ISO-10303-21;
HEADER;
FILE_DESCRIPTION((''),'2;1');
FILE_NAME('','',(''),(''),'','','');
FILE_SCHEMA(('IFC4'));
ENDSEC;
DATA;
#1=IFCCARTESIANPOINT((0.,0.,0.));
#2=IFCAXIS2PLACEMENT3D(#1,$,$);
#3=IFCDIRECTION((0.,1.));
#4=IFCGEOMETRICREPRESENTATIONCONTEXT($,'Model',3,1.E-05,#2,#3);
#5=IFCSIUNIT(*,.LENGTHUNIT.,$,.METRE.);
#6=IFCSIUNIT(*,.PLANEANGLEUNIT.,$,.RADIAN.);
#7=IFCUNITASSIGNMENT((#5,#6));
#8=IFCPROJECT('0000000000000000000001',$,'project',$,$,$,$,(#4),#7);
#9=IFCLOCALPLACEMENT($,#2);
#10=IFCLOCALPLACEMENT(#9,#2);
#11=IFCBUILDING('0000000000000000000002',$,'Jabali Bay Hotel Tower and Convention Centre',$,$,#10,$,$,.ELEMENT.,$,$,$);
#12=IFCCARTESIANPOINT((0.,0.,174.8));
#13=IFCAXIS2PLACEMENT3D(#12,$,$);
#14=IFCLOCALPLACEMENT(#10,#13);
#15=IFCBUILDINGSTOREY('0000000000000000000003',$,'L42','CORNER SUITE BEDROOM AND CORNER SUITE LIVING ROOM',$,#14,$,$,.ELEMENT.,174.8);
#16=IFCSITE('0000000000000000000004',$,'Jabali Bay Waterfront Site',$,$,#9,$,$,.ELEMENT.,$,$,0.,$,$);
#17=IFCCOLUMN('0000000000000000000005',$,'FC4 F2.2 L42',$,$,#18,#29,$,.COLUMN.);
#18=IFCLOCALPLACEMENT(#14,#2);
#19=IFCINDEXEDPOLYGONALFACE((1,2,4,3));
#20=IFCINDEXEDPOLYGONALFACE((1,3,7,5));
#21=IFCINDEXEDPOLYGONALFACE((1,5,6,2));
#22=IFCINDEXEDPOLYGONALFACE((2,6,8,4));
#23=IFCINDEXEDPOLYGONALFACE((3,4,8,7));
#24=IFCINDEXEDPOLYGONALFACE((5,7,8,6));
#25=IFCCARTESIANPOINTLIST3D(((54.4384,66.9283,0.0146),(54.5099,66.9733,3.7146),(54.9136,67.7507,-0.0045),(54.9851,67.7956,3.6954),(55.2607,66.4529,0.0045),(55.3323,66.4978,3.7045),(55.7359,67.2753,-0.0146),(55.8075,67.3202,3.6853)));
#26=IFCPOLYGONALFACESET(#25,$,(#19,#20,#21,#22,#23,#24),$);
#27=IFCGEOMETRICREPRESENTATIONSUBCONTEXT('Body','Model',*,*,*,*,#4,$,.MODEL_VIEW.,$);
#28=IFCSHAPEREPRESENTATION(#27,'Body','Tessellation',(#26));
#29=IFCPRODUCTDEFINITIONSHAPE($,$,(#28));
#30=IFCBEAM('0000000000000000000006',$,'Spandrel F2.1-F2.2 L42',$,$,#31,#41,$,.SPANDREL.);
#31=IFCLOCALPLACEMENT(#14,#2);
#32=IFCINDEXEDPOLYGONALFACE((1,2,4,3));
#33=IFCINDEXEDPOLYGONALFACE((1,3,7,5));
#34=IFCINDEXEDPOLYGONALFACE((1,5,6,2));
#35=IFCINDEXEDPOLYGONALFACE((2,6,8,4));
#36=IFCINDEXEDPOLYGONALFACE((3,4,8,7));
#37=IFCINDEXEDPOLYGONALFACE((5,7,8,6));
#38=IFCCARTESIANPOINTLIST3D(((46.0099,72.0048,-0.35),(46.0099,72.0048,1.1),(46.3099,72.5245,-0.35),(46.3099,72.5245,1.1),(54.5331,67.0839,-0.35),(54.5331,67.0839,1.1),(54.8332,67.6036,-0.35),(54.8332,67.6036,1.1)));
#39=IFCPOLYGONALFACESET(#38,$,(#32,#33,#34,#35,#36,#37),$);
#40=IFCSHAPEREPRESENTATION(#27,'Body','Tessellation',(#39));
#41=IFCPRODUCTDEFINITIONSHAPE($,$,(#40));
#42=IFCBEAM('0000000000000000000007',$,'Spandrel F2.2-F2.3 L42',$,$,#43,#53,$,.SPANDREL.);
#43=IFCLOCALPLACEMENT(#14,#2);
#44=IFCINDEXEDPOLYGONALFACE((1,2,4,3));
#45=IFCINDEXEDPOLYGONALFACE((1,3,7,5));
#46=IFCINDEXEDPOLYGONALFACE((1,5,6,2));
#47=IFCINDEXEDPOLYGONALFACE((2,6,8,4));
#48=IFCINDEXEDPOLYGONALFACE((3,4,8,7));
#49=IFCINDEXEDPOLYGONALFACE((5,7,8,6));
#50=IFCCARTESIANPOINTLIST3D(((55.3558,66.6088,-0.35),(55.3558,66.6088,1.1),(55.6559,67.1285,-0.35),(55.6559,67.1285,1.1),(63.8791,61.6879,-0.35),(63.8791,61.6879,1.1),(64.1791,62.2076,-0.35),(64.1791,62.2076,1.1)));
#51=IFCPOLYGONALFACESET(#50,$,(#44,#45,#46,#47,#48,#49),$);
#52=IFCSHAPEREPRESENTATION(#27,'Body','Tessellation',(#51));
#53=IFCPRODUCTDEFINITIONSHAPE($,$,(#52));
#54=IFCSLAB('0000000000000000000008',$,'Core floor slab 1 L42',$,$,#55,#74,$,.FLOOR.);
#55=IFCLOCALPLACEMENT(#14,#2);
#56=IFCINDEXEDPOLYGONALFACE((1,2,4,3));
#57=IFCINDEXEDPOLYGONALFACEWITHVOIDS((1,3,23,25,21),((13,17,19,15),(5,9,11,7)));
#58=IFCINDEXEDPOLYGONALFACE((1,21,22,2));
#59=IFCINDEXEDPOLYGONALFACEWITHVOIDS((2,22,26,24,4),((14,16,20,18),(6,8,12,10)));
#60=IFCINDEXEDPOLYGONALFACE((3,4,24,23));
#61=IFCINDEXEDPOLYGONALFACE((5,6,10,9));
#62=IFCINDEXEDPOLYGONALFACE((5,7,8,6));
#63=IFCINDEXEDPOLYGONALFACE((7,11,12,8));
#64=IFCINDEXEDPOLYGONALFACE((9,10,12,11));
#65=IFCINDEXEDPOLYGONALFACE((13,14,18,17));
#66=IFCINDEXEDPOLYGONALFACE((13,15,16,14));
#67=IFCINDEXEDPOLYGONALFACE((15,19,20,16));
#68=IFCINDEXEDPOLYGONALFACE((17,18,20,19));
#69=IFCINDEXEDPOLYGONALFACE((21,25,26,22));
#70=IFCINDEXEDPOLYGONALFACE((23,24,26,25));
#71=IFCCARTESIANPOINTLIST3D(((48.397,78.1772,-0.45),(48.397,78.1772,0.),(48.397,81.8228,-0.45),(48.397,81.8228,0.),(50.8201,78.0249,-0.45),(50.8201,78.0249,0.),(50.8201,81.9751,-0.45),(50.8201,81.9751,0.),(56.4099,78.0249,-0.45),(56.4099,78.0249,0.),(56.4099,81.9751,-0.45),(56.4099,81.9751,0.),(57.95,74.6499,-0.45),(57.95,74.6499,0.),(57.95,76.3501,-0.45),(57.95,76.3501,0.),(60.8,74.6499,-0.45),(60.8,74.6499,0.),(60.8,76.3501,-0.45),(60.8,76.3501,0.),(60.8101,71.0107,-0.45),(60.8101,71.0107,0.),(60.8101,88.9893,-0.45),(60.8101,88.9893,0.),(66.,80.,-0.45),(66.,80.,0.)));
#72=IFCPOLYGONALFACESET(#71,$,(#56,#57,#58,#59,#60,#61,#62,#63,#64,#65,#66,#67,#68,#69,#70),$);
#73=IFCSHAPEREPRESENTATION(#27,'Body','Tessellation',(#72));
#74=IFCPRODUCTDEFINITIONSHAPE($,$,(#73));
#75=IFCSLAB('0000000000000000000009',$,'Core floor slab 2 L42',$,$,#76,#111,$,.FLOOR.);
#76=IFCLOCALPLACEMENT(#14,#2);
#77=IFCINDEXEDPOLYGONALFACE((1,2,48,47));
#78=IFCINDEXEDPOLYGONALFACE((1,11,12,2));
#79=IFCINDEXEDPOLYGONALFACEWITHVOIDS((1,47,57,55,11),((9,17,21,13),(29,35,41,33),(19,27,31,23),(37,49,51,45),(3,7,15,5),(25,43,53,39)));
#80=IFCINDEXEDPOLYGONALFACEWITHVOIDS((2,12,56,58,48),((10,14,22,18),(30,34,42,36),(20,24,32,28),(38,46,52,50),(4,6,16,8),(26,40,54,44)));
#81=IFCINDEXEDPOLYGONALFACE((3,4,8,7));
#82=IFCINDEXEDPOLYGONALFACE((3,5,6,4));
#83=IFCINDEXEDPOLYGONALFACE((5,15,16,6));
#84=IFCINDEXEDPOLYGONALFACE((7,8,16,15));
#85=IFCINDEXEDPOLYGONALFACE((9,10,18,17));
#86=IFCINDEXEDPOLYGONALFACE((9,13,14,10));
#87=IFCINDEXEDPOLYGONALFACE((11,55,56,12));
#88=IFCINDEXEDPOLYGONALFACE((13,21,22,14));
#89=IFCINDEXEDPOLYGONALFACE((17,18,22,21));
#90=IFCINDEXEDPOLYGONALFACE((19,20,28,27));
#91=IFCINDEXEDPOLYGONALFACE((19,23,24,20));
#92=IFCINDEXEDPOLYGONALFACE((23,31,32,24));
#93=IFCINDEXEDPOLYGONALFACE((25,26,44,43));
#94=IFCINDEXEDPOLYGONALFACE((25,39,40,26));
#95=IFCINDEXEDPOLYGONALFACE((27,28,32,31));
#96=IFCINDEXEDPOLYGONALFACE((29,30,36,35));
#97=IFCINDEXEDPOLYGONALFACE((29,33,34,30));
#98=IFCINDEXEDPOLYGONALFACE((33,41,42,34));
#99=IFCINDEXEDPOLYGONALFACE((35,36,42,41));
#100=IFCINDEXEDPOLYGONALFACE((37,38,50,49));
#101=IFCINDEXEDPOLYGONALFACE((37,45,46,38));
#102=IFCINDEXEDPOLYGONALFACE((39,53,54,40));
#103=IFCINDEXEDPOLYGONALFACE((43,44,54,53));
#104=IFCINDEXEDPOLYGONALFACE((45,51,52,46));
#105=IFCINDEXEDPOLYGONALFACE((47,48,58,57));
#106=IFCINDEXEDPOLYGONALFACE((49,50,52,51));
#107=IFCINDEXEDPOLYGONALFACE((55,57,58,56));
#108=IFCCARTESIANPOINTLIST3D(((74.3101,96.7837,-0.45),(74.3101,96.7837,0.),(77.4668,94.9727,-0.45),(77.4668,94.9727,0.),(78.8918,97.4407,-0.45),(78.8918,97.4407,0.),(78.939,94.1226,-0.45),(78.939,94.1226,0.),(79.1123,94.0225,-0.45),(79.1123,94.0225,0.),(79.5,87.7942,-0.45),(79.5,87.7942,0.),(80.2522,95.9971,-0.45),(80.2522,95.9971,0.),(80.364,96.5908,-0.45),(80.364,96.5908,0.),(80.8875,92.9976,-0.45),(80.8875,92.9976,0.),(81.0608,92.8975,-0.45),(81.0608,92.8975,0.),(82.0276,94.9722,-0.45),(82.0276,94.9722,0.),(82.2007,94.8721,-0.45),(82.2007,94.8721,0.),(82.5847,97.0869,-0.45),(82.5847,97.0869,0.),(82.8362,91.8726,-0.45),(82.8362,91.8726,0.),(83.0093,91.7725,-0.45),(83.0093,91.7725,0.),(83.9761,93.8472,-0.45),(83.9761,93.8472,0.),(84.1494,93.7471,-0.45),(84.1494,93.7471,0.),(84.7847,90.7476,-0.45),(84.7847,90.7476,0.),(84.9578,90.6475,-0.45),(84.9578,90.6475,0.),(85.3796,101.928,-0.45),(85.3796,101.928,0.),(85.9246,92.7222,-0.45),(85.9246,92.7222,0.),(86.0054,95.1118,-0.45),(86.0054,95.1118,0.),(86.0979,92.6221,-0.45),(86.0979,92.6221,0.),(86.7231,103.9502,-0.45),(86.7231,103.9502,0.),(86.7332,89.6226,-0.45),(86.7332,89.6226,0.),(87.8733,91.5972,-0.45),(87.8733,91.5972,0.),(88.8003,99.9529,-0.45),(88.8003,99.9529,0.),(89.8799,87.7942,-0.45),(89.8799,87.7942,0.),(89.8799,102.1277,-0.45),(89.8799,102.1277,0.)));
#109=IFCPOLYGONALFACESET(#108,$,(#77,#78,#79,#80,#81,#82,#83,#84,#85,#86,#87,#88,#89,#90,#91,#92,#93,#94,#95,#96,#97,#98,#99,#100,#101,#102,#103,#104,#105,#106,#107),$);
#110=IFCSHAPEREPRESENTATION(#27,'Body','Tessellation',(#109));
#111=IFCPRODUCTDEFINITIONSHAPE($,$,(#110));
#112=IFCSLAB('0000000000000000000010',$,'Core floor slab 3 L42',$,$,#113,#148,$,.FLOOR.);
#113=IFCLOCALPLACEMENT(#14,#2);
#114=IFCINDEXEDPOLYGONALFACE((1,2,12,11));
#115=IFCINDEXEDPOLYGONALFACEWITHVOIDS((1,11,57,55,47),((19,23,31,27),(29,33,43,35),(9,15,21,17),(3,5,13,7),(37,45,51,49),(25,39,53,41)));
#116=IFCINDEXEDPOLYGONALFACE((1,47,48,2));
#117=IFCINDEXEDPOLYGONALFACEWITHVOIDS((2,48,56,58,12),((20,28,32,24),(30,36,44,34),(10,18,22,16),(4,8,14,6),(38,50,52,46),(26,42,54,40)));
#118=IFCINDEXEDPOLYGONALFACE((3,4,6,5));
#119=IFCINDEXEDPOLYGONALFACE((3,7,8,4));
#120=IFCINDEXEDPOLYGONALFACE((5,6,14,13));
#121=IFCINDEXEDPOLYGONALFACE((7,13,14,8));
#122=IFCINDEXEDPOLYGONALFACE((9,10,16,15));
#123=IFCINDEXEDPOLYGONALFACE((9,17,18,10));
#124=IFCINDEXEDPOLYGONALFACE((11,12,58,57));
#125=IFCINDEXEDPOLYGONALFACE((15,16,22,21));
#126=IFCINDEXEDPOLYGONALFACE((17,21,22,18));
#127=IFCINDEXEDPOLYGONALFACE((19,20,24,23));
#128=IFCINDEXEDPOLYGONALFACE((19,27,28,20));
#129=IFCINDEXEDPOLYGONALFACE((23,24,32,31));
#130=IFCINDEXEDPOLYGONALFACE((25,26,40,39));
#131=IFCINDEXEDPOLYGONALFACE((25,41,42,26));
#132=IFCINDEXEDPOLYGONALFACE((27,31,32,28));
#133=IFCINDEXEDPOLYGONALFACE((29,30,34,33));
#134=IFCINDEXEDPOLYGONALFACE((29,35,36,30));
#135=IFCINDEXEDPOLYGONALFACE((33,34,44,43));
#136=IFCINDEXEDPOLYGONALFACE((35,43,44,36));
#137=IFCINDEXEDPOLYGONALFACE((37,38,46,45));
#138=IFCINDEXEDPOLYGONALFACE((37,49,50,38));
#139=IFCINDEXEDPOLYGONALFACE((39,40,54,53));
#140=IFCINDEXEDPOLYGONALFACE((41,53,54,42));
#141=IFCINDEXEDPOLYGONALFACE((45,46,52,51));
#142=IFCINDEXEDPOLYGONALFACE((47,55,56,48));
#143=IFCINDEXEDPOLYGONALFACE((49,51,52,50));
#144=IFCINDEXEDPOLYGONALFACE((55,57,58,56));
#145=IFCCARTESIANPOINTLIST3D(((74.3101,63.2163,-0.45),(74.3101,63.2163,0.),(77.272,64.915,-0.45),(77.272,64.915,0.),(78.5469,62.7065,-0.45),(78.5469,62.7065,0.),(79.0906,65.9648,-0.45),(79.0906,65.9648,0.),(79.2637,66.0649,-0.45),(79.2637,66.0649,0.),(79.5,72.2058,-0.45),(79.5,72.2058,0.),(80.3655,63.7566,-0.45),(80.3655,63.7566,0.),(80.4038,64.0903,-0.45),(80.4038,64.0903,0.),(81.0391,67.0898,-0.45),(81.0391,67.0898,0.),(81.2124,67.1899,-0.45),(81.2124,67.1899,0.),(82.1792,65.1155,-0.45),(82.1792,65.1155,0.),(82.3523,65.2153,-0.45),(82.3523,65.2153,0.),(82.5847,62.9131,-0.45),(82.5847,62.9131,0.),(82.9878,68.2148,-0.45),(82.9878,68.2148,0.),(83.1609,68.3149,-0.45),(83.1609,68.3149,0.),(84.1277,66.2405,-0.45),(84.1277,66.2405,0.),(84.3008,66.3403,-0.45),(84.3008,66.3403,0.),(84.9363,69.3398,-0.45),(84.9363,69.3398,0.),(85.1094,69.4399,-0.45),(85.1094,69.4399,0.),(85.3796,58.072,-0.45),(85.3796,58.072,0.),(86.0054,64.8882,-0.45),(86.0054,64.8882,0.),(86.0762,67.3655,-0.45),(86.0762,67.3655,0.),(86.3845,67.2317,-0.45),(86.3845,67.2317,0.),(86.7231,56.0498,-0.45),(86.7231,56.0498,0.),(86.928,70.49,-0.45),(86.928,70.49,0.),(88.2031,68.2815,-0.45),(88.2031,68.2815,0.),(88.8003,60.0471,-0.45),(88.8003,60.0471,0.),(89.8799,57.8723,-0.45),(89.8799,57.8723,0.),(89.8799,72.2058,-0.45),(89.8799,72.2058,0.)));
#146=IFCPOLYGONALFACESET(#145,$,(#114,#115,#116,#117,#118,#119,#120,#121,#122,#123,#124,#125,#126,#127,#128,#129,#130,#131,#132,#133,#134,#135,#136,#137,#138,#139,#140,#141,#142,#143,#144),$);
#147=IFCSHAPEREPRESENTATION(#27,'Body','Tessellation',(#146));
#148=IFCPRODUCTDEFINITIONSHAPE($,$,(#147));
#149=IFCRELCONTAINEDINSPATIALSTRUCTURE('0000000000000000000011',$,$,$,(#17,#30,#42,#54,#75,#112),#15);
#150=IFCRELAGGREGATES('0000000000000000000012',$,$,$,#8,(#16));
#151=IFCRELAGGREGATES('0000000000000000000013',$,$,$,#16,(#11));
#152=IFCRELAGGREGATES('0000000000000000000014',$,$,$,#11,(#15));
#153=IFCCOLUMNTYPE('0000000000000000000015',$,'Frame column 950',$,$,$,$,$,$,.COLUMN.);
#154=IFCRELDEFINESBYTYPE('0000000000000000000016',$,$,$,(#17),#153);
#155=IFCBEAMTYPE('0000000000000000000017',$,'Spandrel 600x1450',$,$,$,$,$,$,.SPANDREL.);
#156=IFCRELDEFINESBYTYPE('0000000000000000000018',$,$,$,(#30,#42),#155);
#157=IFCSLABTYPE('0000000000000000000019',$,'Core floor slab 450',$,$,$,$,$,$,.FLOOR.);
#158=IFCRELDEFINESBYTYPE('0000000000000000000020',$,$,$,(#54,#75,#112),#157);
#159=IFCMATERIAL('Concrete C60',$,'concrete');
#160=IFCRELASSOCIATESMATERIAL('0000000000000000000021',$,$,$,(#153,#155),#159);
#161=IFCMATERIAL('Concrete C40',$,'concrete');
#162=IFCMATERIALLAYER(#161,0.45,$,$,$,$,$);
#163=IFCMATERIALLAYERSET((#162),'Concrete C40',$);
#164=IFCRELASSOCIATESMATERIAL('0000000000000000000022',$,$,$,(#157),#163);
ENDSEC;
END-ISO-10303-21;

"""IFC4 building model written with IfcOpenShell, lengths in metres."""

from ifc_helpers import new_model, si_unit, direction, frame, origin, origin_2d, place, context, subcontext, project, spatial, polyline, rectangle, outline, extrude, material, layer, layer_set, material_profile, profile_set, type_object, element, save


model = new_model("IFC4")

# Units and contexts
model_context = context("Model", 3, precision=1e-05, world=origin(), true_north=direction((0.0, 1.0)))
body_context = subcontext(model_context, "Body", "Model", "MODEL_VIEW")
ifc_project = project(units=[si_unit("LENGTHUNIT", "METRE"), si_unit("PLANEANGLEUNIT", "RADIAN")], contexts=[model_context])

# Site, building, storey
site_placement = place(None, origin())
site = spatial("IfcSite", under=ifc_project, at=site_placement, Name="Jabali Bay Waterfront Site", CompositionType="ELEMENT", RefElevation=0.0)
building_placement = place(site_placement, origin())
building = spatial("IfcBuilding", under=site, at=building_placement, Name="Jabali Bay Hotel Tower and Convention Centre", CompositionType="ELEMENT")
storey_placement = place(building_placement, frame((0.0, 0.0, 174.8)))
storey = spatial("IfcBuildingStorey", under=building, at=storey_placement, Name="L42", Description="CORNER SUITE BEDROOM AND CORNER SUITE LIVING ROOM", CompositionType="ELEMENT", Elevation=174.8)

# Column
ifc_material_1 = material(Name="Concrete C60", Category="concrete")
ifc_material_profile_1 = material_profile(ifc_material_1, rectangle(XDim=0.95, YDim=0.95, at=origin_2d()), Name="Frame column 950")
ifc_profile_set_1 = profile_set([ifc_material_profile_1], Name="Concrete C60")
column_type = type_object("IfcColumnType", Name="Frame column 950", PredefinedType="COLUMN", material=ifc_profile_set_1)
column_placement = place(storey_placement, frame((55.0872, 67.1018, 0.0), z_axis=(0.019329, 0.012138, 0.99974), x_axis=(-0.865686, 0.500474, 0.01066)))
element("IfcColumn", 1, at=column_placement, inside=storey, type_object=column_type, Name="FC4 F2.2 L42", PredefinedType="COLUMN", context=body_context, shape_type="SweptSolid", body=[
    extrude(rectangle(XDim=0.95, YDim=0.95, at=origin_2d()), origin(), (0.0, 0.0, 1.0), 3.7009),
])

# Beams
ifc_material_profile_2 = material_profile(ifc_material_1, rectangle(XDim=0.6001, YDim=1.45, at=origin_2d()), Name="Spandrel 600x1450")
ifc_profile_set_2 = profile_set([ifc_material_profile_2], Name="Concrete C60")
beam_type = type_object("IfcBeamType", Name="Spandrel 600x1450", PredefinedType="SPANDREL", material=ifc_profile_set_2)
for number, where, z_axis, x_axis, name in (
    (2, (46.1599, 72.2646, 0.375), (0.866024, -0.500002, 0.0), (0.500002, 0.866024, 0.0), "Spandrel F2.1-F2.2 L42"),
    (3, (55.5059, 66.8687, 0.375), (0.866024, -0.500002, 0.0), (0.500002, 0.866024, 0.0), "Spandrel F2.2-F2.3 L42"),
):
    element("IfcBeam", number, at=place(storey_placement, frame(where, z_axis=z_axis, x_axis=x_axis)), inside=storey, type_object=beam_type, Name=name, PredefinedType="SPANDREL", context=body_context, shape_type="SweptSolid", body=[
        extrude(rectangle(XDim=0.6001, YDim=1.45, at=origin_2d()), origin(), (0.0, 0.0, 1.0), 9.8418),
    ])

# Slabs
ifc_material_2 = material(Name="Concrete C40", Category="concrete")
ifc_layer_1 = layer(ifc_material_2, 0.45)
ifc_layer_set_1 = layer_set([ifc_layer_1], Name="Concrete C40")
slab_type_1 = type_object("IfcSlabType", Name="Core floor slab 450", PredefinedType="FLOOR", material=ifc_layer_set_1)
slab_1_placement = place(storey_placement, frame((0.0, 0.0, -0.45)))
element("IfcSlab", 4, at=slab_1_placement, inside=storey, type_object=slab_type_1, Name="Core floor slab 1 L42", PredefinedType="FLOOR", context=body_context, shape_type="SweptSolid", body=[
    extrude(outline(polyline([(66.0, 80.0), (60.8101, 88.9893), (48.397, 81.8228), (48.397, 78.1772), (60.8101, 71.0107), (66.0, 80.0)]), holes=[polyline([(60.8, 76.3501), (57.95, 76.3501), (57.95, 74.6499), (60.8, 74.6499), (60.8, 76.3501)]), polyline([(50.8201, 81.9751), (50.8201, 78.0249), (56.4099, 78.0249), (56.4099, 81.9751), (50.8201, 81.9751)])]), origin(), (0.0, 0.0, 1.0), 0.45),
])
slab_2_placement = place(storey_placement, frame((0.0, 0.0, -0.45)))
element("IfcSlab", 5, at=slab_2_placement, inside=storey, type_object=slab_type_1, Name="Core floor slab 2 L42", PredefinedType="FLOOR", context=body_context, shape_type="SweptSolid", body=[
    extrude(outline(polyline([(79.5, 87.7942), (89.8799, 87.7942), (89.8799, 102.1277), (86.7231, 103.9502), (74.3101, 96.7837), (79.5, 87.7942)]), holes=[polyline([(84.9578, 90.6475), (86.7332, 89.6226), (87.8733, 91.5972), (86.0979, 92.6221), (84.9578, 90.6475)]), polyline([(84.1494, 93.7471), (83.0093, 91.7725), (84.7847, 90.7476), (85.9246, 92.7222), (84.1494, 93.7471)]), polyline([(82.2007, 94.8721), (81.0608, 92.8975), (82.8362, 91.8726), (83.9761, 93.8472), (82.2007, 94.8721)]), polyline([(79.1123, 94.0225), (80.8875, 92.9976), (82.0276, 94.9722), (80.2522, 95.9971), (79.1123, 94.0225)]), polyline([(78.8918, 97.4407), (77.4668, 94.9727), (78.939, 94.1226), (80.364, 96.5908), (78.8918, 97.4407)]), polyline([(82.5847, 97.0869), (86.0054, 95.1118), (88.8003, 99.9529), (85.3796, 101.928), (82.5847, 97.0869)])]), origin(), (0.0, 0.0, 1.0), 0.45),
])
slab_3_placement = place(storey_placement, frame((0.0, 0.0, -0.45)))
element("IfcSlab", 6, at=slab_3_placement, inside=storey, type_object=slab_type_1, Name="Core floor slab 3 L42", PredefinedType="FLOOR", context=body_context, shape_type="SweptSolid", body=[
    extrude(outline(polyline([(79.5, 72.2058), (74.3101, 63.2163), (86.7231, 56.0498), (89.8799, 57.8723), (89.8799, 72.2058), (79.5, 72.2058)]), holes=[polyline([(82.5847, 62.9131), (85.3796, 58.072), (88.8003, 60.0471), (86.0054, 64.8882), (82.5847, 62.9131)]), polyline([(80.3655, 63.7566), (79.0906, 65.9648), (77.272, 64.915), (78.5469, 62.7065), (80.3655, 63.7566)]), polyline([(82.1792, 65.1155), (81.0391, 67.0898), (79.2637, 66.0649), (80.4038, 64.0903), (82.1792, 65.1155)]), polyline([(82.9878, 68.2148), (81.2124, 67.1899), (82.3523, 65.2153), (84.1277, 66.2405), (82.9878, 68.2148)]), polyline([(86.0762, 67.3655), (84.9363, 69.3398), (83.1609, 68.3149), (84.3008, 66.3403), (86.0762, 67.3655)]), polyline([(88.2031, 68.2815), (86.928, 70.49), (85.1094, 69.4399), (86.3845, 67.2317), (88.2031, 68.2815)])]), origin(), (0.0, 0.0, 1.0), 0.45),
])

save(model, "model.ifc")
